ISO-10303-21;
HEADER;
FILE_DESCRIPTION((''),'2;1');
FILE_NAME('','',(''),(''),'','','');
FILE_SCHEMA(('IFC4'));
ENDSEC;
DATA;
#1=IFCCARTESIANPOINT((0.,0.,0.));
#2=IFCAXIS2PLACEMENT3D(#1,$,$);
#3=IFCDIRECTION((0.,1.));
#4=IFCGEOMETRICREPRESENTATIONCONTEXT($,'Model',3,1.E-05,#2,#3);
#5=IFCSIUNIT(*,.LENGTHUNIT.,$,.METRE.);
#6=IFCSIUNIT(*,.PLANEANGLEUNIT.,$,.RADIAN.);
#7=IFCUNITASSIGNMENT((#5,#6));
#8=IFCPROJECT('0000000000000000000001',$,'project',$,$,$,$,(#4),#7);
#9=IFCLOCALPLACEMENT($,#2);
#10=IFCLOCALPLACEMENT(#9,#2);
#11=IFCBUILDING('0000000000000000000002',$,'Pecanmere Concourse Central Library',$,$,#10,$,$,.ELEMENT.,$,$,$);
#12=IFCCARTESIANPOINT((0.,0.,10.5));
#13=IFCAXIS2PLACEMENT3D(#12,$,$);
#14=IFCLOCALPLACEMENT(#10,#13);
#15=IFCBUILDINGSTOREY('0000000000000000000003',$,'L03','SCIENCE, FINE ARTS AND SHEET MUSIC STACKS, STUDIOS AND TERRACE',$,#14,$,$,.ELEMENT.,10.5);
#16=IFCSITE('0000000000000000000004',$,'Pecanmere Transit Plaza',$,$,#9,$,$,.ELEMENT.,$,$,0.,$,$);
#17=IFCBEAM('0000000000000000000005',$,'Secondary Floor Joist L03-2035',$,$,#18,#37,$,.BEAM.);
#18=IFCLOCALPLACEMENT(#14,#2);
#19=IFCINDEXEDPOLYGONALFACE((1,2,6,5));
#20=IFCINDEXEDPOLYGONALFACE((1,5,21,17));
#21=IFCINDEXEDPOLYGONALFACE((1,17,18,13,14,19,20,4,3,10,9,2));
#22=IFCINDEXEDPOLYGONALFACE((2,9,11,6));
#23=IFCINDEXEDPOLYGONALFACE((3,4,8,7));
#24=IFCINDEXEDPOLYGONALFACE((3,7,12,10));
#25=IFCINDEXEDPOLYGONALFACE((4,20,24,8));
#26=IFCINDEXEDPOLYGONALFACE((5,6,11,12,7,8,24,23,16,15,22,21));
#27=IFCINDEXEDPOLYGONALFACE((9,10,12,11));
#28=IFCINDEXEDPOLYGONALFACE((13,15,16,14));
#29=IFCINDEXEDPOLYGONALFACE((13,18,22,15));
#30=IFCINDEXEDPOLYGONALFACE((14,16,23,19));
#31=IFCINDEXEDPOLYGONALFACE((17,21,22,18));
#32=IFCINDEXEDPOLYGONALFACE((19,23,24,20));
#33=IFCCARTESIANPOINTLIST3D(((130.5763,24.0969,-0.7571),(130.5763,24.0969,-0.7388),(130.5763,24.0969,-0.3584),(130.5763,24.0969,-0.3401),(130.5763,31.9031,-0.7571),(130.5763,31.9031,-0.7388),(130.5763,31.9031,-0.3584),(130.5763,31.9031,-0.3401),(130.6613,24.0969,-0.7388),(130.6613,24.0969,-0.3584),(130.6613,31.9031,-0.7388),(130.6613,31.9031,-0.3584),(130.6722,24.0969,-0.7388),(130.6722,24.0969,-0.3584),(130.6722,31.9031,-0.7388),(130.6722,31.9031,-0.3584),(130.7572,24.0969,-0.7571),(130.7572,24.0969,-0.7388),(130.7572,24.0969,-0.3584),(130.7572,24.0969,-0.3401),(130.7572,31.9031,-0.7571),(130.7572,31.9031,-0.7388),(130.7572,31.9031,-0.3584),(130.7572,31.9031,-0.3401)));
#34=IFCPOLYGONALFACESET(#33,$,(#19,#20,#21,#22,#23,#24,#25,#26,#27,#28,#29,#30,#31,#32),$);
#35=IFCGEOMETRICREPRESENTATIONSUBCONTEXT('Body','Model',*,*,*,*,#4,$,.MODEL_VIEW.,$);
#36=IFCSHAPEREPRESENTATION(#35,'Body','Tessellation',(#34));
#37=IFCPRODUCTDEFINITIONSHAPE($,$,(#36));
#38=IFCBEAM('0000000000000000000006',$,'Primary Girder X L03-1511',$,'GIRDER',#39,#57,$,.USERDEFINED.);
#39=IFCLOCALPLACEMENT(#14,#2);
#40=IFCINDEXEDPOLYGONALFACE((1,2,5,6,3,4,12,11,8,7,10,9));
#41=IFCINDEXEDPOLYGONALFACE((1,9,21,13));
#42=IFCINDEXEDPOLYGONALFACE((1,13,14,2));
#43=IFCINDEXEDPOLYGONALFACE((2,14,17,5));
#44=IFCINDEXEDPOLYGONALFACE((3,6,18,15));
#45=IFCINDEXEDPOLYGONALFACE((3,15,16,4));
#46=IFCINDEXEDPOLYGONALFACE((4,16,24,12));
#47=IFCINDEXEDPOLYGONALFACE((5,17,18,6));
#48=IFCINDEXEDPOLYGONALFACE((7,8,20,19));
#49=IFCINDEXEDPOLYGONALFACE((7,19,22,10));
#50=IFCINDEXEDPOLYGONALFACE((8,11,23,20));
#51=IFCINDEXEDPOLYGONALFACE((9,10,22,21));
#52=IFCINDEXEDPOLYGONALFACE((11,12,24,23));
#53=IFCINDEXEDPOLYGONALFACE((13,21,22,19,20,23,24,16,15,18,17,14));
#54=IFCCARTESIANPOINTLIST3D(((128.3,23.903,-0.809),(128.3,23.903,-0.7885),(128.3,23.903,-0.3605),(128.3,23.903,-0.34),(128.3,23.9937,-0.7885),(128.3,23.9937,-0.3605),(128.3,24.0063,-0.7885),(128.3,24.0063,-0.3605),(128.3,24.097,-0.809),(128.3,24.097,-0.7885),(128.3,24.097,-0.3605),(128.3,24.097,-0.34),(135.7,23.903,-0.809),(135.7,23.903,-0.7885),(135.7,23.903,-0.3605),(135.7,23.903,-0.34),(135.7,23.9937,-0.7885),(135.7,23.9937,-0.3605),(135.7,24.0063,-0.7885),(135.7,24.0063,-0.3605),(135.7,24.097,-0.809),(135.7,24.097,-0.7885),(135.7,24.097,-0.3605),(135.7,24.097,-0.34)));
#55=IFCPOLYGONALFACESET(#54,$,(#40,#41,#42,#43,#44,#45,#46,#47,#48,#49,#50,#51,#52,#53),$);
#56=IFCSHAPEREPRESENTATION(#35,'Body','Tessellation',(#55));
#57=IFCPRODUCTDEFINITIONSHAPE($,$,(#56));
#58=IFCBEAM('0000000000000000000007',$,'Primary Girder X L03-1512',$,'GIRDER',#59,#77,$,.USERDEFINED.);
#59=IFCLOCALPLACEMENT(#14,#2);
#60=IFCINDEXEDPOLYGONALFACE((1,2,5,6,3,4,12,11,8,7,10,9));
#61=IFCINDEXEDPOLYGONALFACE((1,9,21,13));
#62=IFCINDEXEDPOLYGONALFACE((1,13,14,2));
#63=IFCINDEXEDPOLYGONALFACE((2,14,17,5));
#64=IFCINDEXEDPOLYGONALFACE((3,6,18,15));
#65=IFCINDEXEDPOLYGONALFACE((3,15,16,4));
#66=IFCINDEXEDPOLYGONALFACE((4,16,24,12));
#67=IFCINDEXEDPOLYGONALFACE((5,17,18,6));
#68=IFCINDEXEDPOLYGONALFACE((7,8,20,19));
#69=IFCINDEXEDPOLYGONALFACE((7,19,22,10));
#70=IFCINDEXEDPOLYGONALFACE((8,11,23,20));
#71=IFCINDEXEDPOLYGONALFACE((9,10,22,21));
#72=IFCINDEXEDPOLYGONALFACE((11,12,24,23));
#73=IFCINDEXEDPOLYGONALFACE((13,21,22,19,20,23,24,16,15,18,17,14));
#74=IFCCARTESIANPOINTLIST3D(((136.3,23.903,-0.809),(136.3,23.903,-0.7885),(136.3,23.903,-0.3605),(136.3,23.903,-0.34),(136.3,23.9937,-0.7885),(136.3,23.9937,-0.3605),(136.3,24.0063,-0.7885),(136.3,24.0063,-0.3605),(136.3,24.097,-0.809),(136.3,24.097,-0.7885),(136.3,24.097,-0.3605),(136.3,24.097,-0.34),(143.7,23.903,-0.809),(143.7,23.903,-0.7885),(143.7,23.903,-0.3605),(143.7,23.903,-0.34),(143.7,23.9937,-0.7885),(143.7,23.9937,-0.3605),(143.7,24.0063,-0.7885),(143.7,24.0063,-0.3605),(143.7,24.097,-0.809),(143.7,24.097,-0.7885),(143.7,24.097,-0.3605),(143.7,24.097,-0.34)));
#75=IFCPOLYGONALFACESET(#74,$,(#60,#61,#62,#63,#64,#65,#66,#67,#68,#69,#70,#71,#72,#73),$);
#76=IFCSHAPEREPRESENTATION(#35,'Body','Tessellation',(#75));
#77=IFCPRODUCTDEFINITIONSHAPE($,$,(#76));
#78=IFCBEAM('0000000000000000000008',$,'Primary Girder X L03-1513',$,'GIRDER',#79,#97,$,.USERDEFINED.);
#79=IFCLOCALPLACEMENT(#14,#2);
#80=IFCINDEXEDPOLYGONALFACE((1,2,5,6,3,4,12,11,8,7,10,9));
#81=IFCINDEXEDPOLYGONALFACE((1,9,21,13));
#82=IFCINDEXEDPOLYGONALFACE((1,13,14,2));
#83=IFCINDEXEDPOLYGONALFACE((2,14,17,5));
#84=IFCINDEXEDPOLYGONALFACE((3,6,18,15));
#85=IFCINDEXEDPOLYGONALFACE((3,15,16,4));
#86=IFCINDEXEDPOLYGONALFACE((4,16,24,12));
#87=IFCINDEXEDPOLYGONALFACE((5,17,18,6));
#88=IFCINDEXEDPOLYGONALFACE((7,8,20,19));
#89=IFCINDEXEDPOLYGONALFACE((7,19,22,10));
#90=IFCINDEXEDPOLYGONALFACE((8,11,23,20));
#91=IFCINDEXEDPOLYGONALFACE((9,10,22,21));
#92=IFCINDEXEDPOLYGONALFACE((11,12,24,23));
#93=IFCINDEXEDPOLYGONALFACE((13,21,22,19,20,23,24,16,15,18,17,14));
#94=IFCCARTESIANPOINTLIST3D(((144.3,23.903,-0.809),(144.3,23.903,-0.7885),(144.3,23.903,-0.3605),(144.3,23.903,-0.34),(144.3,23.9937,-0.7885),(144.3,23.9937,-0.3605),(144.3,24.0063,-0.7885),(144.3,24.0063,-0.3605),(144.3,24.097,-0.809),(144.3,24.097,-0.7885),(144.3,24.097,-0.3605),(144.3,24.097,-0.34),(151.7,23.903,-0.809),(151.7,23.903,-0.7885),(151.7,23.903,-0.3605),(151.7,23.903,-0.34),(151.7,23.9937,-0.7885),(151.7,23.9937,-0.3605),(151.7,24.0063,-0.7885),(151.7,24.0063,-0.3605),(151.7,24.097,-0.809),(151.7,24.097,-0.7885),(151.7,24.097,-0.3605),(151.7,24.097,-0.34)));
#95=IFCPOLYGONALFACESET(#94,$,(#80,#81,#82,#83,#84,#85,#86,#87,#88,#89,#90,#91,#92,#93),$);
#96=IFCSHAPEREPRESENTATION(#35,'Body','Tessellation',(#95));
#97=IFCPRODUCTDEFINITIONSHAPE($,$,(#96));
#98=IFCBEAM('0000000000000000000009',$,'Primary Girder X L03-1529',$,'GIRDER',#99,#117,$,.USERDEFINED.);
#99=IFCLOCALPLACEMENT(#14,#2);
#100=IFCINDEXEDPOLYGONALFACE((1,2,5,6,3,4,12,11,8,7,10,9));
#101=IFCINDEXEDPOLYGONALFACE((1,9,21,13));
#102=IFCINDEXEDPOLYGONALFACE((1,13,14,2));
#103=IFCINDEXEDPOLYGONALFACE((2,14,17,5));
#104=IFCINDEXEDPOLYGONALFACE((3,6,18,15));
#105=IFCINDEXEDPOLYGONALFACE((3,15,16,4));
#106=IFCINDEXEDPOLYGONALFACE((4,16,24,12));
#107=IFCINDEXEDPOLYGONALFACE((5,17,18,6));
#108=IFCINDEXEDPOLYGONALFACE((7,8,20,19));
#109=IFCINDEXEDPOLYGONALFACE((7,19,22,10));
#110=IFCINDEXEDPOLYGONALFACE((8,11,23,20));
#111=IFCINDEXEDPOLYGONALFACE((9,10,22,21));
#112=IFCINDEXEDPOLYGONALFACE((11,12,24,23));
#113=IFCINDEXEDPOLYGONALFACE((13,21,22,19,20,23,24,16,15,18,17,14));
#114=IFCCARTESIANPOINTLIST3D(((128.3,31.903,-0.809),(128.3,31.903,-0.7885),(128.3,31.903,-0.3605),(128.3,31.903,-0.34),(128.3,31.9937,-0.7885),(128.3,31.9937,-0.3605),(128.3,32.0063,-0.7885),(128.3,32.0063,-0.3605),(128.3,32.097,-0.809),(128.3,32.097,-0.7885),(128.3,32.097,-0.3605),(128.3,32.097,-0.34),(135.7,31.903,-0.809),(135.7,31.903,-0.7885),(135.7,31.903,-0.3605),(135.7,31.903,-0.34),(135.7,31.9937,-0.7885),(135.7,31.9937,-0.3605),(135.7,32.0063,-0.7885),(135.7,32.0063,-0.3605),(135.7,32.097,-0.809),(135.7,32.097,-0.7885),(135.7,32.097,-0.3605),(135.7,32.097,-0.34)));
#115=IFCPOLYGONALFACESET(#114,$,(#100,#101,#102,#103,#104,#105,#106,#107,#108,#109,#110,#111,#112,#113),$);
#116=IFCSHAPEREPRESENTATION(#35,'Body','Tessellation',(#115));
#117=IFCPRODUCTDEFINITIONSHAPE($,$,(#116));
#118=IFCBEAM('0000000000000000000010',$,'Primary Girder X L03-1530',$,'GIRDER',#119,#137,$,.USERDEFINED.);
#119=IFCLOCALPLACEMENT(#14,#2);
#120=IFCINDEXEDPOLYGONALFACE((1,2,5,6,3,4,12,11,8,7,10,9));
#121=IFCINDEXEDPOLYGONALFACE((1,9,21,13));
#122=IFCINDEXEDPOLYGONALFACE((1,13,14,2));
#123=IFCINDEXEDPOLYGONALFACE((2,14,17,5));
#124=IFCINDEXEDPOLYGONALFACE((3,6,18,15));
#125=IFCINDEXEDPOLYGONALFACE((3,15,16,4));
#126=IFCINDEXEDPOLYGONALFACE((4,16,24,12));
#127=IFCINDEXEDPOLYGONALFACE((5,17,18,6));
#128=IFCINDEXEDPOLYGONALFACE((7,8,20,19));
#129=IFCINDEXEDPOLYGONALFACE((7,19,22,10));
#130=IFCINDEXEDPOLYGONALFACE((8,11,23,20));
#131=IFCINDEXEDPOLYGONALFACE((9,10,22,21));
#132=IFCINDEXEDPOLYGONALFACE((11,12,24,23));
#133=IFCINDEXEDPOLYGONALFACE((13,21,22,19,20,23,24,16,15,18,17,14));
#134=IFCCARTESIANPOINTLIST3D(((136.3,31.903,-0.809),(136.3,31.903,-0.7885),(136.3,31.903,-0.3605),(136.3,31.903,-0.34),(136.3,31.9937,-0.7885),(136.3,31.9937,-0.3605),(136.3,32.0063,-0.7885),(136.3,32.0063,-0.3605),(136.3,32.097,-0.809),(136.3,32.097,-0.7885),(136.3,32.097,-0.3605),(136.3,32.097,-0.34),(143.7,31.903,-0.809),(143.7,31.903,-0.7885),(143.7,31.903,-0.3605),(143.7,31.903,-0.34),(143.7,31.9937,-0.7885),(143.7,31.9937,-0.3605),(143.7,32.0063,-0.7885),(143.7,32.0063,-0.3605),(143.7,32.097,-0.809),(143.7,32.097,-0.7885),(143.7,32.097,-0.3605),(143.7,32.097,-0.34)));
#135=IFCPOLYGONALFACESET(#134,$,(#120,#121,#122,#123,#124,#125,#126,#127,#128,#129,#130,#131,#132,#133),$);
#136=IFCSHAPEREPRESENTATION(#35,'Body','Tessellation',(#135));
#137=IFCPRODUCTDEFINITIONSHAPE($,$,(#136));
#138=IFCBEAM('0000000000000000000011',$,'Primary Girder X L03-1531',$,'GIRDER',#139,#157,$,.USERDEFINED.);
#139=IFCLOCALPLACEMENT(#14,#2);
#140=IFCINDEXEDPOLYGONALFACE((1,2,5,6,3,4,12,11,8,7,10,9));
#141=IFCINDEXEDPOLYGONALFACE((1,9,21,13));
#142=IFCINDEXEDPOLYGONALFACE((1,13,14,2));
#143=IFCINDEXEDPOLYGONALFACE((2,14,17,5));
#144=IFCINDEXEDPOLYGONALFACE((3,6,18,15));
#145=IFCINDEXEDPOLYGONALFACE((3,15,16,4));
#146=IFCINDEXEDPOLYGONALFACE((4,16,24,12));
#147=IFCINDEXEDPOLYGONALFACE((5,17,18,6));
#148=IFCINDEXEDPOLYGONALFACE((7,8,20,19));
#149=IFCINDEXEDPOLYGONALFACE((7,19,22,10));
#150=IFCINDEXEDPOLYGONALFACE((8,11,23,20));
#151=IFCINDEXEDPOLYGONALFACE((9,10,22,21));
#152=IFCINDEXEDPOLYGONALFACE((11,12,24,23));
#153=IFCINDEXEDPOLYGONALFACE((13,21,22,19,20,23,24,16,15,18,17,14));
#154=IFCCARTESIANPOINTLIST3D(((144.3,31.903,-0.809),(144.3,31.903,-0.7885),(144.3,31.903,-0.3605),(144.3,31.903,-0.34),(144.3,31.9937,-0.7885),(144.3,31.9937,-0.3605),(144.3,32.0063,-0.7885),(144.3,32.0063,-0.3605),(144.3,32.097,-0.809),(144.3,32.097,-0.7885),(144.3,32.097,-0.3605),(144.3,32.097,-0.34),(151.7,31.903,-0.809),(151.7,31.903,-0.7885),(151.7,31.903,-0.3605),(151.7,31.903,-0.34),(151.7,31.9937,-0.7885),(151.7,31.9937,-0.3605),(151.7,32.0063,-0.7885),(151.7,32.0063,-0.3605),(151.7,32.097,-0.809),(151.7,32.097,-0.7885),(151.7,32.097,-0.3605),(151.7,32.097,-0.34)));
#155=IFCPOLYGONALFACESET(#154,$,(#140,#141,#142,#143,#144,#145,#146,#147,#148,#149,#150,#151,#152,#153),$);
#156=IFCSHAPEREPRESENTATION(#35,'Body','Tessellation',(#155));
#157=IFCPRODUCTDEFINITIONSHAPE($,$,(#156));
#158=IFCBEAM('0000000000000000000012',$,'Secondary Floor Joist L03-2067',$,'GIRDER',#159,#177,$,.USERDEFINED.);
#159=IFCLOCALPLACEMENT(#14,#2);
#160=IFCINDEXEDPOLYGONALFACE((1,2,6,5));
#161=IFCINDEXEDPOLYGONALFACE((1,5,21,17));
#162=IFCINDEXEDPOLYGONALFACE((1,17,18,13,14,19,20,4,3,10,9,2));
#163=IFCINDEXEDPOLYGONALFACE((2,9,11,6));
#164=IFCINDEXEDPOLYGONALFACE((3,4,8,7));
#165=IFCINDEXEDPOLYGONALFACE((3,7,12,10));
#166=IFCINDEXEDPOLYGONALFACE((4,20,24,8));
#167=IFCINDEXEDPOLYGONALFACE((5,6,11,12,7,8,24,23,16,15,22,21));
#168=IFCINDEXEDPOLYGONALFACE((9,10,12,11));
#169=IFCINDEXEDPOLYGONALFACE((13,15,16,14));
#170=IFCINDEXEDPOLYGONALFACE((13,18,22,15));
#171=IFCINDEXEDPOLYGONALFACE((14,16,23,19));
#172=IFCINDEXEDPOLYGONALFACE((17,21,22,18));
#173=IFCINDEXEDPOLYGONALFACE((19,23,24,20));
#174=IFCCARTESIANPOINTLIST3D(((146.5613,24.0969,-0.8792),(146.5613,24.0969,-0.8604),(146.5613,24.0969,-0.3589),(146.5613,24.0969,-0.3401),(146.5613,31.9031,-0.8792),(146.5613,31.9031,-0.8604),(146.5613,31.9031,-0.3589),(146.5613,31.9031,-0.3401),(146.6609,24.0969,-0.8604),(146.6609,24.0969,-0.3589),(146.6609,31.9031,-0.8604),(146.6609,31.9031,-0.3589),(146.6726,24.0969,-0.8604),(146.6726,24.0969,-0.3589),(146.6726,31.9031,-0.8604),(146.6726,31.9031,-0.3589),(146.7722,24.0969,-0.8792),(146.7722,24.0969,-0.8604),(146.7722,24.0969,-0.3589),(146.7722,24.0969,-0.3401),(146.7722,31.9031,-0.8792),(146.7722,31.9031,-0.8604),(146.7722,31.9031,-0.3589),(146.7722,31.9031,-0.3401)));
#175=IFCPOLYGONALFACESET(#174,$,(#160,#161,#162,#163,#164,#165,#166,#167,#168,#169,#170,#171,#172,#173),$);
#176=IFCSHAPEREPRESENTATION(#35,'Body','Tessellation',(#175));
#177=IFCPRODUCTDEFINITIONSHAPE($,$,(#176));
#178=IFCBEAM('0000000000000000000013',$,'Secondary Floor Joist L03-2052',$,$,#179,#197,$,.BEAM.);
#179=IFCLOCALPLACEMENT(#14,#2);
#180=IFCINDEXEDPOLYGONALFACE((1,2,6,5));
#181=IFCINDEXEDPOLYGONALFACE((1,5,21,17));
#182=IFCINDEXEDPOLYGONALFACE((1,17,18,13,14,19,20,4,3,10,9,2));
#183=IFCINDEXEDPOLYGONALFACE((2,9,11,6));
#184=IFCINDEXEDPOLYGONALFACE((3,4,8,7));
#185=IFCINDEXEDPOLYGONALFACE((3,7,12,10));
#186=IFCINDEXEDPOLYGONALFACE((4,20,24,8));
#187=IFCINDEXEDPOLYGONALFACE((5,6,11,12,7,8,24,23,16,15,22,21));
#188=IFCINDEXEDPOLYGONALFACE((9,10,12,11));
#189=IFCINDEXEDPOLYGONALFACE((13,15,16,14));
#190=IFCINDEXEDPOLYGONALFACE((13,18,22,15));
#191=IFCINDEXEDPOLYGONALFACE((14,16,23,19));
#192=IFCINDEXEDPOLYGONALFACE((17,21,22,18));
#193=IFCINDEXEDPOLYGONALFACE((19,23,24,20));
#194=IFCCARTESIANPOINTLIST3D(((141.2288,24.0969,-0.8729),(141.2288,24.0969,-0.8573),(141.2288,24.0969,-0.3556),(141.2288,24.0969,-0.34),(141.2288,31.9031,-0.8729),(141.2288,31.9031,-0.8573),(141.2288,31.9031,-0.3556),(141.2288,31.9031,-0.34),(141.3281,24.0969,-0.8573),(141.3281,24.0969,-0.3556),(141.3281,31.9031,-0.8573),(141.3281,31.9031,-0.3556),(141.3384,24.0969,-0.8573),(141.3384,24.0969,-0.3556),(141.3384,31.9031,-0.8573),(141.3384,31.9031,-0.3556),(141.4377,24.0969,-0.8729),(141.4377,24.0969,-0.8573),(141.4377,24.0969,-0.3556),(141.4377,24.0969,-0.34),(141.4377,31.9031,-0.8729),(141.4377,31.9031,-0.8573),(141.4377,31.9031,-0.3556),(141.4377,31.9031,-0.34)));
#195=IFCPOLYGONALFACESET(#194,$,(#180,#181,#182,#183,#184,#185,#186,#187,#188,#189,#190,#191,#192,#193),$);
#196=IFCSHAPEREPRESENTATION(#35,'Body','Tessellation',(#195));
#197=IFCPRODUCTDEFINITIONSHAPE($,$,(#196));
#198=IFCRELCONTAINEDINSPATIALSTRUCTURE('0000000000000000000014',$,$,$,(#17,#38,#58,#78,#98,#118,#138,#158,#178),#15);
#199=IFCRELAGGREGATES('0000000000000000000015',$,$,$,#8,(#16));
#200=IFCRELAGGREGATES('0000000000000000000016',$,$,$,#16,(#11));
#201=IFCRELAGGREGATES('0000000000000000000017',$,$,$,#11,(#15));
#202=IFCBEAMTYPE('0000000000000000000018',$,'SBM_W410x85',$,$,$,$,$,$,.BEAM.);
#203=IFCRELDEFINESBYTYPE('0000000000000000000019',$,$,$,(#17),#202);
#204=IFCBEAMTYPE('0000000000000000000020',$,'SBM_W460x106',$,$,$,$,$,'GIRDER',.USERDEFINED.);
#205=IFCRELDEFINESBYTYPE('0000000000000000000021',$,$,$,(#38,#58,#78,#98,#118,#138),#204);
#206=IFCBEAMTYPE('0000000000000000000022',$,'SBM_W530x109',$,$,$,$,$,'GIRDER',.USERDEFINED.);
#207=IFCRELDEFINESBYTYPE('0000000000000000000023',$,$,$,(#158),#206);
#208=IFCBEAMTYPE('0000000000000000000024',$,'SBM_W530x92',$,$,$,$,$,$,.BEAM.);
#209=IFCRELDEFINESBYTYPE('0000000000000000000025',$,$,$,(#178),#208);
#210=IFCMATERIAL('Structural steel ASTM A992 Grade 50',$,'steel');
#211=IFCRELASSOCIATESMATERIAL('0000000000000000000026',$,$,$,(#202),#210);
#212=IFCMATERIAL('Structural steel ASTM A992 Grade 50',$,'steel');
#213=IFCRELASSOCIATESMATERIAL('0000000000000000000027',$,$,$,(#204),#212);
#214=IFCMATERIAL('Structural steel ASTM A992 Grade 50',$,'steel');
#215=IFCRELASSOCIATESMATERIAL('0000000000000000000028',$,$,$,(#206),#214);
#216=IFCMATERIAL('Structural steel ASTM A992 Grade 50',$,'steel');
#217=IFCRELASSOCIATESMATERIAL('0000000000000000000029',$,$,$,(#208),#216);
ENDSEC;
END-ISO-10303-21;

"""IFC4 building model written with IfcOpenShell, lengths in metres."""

from ifc_helpers import new_model, si_unit, direction, frame, origin, origin_2d, place, context, subcontext, project, spatial, i_section, extrude, material, material_profile, profile_set, type_object, element, save


model = new_model("IFC4")

# Units and contexts
model_context = context("Model", 3, precision=1e-05, world=origin(), true_north=direction((0.0, 1.0)))
body_context = subcontext(model_context, "Body", "Model", "MODEL_VIEW")
ifc_project = project(units=[si_unit("LENGTHUNIT", "METRE"), si_unit("PLANEANGLEUNIT", "RADIAN")], contexts=[model_context])

# Site, building, storey
site_placement = place(None, origin())
site = spatial("IfcSite", under=ifc_project, at=site_placement, Name="Pecanmere Transit Plaza", CompositionType="ELEMENT", RefElevation=0.0)
building_placement = place(site_placement, origin())
building = spatial("IfcBuilding", under=site, at=building_placement, Name="Pecanmere Concourse Central Library", CompositionType="ELEMENT")
storey_placement = place(building_placement, frame((0.0, 0.0, 10.5)))
storey = spatial("IfcBuildingStorey", under=building, at=storey_placement, Name="L03", Description="SCIENCE, FINE ARTS AND SHEET MUSIC STACKS, STUDIOS AND TERRACE", CompositionType="ELEMENT", Elevation=10.5)

# Beams
ifc_material_1 = material(Name="Structural steel ASTM A992 Grade 50", Category="steel")
ifc_material_profile_1 = material_profile(ifc_material_1, i_section(OverallWidth=0.1809, OverallDepth=0.417, WebThickness=0.011, FlangeThickness=0.0183, at=origin_2d()), Name="W410x85")
ifc_profile_set_1 = profile_set([ifc_material_profile_1], Name="Structural steel ASTM A992 Grade 50")
beam_type_1 = type_object("IfcBeamType", Name="SBM_W410x85", PredefinedType="BEAM", material=ifc_profile_set_1)
beam_1_placement = place(storey_placement, frame((130.6667, 24.0969, -0.5486), z_axis=(0.0, 1.0, 0.0), x_axis=(-1.0, 0.0, 0.0)))
element("IfcBeam", 1, at=beam_1_placement, inside=storey, type_object=beam_type_1, Name="Secondary Floor Joist L03-2035", PredefinedType="BEAM", context=body_context, shape_type="SweptSolid", body=[
    extrude(i_section(OverallWidth=0.1809, OverallDepth=0.417, WebThickness=0.011, FlangeThickness=0.0183, at=origin_2d()), origin(), (0.0, 0.0, 1.0), 7.8062),
])
ifc_material_2 = material(Name="Structural steel ASTM A992 Grade 50", Category="steel")
ifc_material_profile_2 = material_profile(ifc_material_2, i_section(OverallWidth=0.1941, OverallDepth=0.469, WebThickness=0.0127, FlangeThickness=0.0205, at=origin_2d()), Name="W460x106")
ifc_profile_set_2 = profile_set([ifc_material_profile_2], Name="Structural steel ASTM A992 Grade 50")
beam_type_2 = type_object("IfcBeamType", Name="SBM_W460x106", ElementType="GIRDER", PredefinedType="USERDEFINED", material=ifc_profile_set_2)
for number, where, z_axis, x_axis, name in (
    (2, (128.3, 24.0, -0.5745), (1.0, 0.0, 0.0), (0.0, 1.0, 0.0), "Primary Girder X L03-1511"),
    (3, (136.3, 24.0, -0.5745), (1.0, 0.0, 0.0), (0.0, 1.0, 0.0), "Primary Girder X L03-1512"),
    (4, (144.3, 24.0, -0.5745), (1.0, 0.0, 0.0), (0.0, 1.0, 0.0), "Primary Girder X L03-1513"),
    (5, (128.3, 32.0, -0.5745), (1.0, 0.0, 0.0), (0.0, 1.0, 0.0), "Primary Girder X L03-1529"),
    (6, (136.3, 32.0, -0.5745), (1.0, 0.0, 0.0), (0.0, 1.0, 0.0), "Primary Girder X L03-1530"),
    (7, (144.3, 32.0, -0.5745), (1.0, 0.0, 0.0), (0.0, 1.0, 0.0), "Primary Girder X L03-1531"),
):
    element("IfcBeam", number, at=place(storey_placement, frame(where, z_axis=z_axis, x_axis=x_axis)), inside=storey, type_object=beam_type_2, Name=name, ObjectType="GIRDER", PredefinedType="USERDEFINED", context=body_context, shape_type="SweptSolid", body=[
        extrude(i_section(OverallWidth=0.1941, OverallDepth=0.469, WebThickness=0.0127, FlangeThickness=0.0205, at=origin_2d()), origin(), (0.0, 0.0, 1.0), 7.3999),
    ])
ifc_material_3 = material(Name="Structural steel ASTM A992 Grade 50", Category="steel")
ifc_material_profile_3 = material_profile(ifc_material_3, i_section(OverallWidth=0.2109, OverallDepth=0.5391, WebThickness=0.0117, FlangeThickness=0.0188, at=origin_2d()), Name="W530x109")
ifc_profile_set_3 = profile_set([ifc_material_profile_3], Name="Structural steel ASTM A992 Grade 50")
beam_type_3 = type_object("IfcBeamType", Name="SBM_W530x109", ElementType="GIRDER", PredefinedType="USERDEFINED", material=ifc_profile_set_3)
beam_2_placement = place(storey_placement, frame((146.6667, 24.0969, -0.6096), z_axis=(0.0, 1.0, 0.0), x_axis=(-1.0, 0.0, 0.0)))
element("IfcBeam", 8, at=beam_2_placement, inside=storey, type_object=beam_type_3, Name="Secondary Floor Joist L03-2067", ObjectType="GIRDER", PredefinedType="USERDEFINED", context=body_context, shape_type="SweptSolid", body=[
    extrude(i_section(OverallWidth=0.2109, OverallDepth=0.5391, WebThickness=0.0117, FlangeThickness=0.0188, at=origin_2d()), origin(), (0.0, 0.0, 1.0), 7.8062),
])
ifc_material_4 = material(Name="Structural steel ASTM A992 Grade 50", Category="steel")
ifc_material_profile_4 = material_profile(ifc_material_4, i_section(OverallWidth=0.209, OverallDepth=0.533, WebThickness=0.0103, FlangeThickness=0.0156, at=origin_2d()), Name="W530x92")
ifc_profile_set_4 = profile_set([ifc_material_profile_4], Name="Structural steel ASTM A992 Grade 50")
beam_type_4 = type_object("IfcBeamType", Name="SBM_W530x92", PredefinedType="BEAM", material=ifc_profile_set_4)
beam_3_placement = place(storey_placement, frame((141.3333, 24.0969, -0.6064), z_axis=(0.0, 1.0, 0.0), x_axis=(-1.0, 0.0, 0.0)))
element("IfcBeam", 9, at=beam_3_placement, inside=storey, type_object=beam_type_4, Name="Secondary Floor Joist L03-2052", PredefinedType="BEAM", context=body_context, shape_type="SweptSolid", body=[
    extrude(i_section(OverallWidth=0.209, OverallDepth=0.533, WebThickness=0.0103, FlangeThickness=0.0156, at=origin_2d()), origin(), (0.0, 0.0, 1.0), 7.8062),
])

save(model, "model.ifc")
